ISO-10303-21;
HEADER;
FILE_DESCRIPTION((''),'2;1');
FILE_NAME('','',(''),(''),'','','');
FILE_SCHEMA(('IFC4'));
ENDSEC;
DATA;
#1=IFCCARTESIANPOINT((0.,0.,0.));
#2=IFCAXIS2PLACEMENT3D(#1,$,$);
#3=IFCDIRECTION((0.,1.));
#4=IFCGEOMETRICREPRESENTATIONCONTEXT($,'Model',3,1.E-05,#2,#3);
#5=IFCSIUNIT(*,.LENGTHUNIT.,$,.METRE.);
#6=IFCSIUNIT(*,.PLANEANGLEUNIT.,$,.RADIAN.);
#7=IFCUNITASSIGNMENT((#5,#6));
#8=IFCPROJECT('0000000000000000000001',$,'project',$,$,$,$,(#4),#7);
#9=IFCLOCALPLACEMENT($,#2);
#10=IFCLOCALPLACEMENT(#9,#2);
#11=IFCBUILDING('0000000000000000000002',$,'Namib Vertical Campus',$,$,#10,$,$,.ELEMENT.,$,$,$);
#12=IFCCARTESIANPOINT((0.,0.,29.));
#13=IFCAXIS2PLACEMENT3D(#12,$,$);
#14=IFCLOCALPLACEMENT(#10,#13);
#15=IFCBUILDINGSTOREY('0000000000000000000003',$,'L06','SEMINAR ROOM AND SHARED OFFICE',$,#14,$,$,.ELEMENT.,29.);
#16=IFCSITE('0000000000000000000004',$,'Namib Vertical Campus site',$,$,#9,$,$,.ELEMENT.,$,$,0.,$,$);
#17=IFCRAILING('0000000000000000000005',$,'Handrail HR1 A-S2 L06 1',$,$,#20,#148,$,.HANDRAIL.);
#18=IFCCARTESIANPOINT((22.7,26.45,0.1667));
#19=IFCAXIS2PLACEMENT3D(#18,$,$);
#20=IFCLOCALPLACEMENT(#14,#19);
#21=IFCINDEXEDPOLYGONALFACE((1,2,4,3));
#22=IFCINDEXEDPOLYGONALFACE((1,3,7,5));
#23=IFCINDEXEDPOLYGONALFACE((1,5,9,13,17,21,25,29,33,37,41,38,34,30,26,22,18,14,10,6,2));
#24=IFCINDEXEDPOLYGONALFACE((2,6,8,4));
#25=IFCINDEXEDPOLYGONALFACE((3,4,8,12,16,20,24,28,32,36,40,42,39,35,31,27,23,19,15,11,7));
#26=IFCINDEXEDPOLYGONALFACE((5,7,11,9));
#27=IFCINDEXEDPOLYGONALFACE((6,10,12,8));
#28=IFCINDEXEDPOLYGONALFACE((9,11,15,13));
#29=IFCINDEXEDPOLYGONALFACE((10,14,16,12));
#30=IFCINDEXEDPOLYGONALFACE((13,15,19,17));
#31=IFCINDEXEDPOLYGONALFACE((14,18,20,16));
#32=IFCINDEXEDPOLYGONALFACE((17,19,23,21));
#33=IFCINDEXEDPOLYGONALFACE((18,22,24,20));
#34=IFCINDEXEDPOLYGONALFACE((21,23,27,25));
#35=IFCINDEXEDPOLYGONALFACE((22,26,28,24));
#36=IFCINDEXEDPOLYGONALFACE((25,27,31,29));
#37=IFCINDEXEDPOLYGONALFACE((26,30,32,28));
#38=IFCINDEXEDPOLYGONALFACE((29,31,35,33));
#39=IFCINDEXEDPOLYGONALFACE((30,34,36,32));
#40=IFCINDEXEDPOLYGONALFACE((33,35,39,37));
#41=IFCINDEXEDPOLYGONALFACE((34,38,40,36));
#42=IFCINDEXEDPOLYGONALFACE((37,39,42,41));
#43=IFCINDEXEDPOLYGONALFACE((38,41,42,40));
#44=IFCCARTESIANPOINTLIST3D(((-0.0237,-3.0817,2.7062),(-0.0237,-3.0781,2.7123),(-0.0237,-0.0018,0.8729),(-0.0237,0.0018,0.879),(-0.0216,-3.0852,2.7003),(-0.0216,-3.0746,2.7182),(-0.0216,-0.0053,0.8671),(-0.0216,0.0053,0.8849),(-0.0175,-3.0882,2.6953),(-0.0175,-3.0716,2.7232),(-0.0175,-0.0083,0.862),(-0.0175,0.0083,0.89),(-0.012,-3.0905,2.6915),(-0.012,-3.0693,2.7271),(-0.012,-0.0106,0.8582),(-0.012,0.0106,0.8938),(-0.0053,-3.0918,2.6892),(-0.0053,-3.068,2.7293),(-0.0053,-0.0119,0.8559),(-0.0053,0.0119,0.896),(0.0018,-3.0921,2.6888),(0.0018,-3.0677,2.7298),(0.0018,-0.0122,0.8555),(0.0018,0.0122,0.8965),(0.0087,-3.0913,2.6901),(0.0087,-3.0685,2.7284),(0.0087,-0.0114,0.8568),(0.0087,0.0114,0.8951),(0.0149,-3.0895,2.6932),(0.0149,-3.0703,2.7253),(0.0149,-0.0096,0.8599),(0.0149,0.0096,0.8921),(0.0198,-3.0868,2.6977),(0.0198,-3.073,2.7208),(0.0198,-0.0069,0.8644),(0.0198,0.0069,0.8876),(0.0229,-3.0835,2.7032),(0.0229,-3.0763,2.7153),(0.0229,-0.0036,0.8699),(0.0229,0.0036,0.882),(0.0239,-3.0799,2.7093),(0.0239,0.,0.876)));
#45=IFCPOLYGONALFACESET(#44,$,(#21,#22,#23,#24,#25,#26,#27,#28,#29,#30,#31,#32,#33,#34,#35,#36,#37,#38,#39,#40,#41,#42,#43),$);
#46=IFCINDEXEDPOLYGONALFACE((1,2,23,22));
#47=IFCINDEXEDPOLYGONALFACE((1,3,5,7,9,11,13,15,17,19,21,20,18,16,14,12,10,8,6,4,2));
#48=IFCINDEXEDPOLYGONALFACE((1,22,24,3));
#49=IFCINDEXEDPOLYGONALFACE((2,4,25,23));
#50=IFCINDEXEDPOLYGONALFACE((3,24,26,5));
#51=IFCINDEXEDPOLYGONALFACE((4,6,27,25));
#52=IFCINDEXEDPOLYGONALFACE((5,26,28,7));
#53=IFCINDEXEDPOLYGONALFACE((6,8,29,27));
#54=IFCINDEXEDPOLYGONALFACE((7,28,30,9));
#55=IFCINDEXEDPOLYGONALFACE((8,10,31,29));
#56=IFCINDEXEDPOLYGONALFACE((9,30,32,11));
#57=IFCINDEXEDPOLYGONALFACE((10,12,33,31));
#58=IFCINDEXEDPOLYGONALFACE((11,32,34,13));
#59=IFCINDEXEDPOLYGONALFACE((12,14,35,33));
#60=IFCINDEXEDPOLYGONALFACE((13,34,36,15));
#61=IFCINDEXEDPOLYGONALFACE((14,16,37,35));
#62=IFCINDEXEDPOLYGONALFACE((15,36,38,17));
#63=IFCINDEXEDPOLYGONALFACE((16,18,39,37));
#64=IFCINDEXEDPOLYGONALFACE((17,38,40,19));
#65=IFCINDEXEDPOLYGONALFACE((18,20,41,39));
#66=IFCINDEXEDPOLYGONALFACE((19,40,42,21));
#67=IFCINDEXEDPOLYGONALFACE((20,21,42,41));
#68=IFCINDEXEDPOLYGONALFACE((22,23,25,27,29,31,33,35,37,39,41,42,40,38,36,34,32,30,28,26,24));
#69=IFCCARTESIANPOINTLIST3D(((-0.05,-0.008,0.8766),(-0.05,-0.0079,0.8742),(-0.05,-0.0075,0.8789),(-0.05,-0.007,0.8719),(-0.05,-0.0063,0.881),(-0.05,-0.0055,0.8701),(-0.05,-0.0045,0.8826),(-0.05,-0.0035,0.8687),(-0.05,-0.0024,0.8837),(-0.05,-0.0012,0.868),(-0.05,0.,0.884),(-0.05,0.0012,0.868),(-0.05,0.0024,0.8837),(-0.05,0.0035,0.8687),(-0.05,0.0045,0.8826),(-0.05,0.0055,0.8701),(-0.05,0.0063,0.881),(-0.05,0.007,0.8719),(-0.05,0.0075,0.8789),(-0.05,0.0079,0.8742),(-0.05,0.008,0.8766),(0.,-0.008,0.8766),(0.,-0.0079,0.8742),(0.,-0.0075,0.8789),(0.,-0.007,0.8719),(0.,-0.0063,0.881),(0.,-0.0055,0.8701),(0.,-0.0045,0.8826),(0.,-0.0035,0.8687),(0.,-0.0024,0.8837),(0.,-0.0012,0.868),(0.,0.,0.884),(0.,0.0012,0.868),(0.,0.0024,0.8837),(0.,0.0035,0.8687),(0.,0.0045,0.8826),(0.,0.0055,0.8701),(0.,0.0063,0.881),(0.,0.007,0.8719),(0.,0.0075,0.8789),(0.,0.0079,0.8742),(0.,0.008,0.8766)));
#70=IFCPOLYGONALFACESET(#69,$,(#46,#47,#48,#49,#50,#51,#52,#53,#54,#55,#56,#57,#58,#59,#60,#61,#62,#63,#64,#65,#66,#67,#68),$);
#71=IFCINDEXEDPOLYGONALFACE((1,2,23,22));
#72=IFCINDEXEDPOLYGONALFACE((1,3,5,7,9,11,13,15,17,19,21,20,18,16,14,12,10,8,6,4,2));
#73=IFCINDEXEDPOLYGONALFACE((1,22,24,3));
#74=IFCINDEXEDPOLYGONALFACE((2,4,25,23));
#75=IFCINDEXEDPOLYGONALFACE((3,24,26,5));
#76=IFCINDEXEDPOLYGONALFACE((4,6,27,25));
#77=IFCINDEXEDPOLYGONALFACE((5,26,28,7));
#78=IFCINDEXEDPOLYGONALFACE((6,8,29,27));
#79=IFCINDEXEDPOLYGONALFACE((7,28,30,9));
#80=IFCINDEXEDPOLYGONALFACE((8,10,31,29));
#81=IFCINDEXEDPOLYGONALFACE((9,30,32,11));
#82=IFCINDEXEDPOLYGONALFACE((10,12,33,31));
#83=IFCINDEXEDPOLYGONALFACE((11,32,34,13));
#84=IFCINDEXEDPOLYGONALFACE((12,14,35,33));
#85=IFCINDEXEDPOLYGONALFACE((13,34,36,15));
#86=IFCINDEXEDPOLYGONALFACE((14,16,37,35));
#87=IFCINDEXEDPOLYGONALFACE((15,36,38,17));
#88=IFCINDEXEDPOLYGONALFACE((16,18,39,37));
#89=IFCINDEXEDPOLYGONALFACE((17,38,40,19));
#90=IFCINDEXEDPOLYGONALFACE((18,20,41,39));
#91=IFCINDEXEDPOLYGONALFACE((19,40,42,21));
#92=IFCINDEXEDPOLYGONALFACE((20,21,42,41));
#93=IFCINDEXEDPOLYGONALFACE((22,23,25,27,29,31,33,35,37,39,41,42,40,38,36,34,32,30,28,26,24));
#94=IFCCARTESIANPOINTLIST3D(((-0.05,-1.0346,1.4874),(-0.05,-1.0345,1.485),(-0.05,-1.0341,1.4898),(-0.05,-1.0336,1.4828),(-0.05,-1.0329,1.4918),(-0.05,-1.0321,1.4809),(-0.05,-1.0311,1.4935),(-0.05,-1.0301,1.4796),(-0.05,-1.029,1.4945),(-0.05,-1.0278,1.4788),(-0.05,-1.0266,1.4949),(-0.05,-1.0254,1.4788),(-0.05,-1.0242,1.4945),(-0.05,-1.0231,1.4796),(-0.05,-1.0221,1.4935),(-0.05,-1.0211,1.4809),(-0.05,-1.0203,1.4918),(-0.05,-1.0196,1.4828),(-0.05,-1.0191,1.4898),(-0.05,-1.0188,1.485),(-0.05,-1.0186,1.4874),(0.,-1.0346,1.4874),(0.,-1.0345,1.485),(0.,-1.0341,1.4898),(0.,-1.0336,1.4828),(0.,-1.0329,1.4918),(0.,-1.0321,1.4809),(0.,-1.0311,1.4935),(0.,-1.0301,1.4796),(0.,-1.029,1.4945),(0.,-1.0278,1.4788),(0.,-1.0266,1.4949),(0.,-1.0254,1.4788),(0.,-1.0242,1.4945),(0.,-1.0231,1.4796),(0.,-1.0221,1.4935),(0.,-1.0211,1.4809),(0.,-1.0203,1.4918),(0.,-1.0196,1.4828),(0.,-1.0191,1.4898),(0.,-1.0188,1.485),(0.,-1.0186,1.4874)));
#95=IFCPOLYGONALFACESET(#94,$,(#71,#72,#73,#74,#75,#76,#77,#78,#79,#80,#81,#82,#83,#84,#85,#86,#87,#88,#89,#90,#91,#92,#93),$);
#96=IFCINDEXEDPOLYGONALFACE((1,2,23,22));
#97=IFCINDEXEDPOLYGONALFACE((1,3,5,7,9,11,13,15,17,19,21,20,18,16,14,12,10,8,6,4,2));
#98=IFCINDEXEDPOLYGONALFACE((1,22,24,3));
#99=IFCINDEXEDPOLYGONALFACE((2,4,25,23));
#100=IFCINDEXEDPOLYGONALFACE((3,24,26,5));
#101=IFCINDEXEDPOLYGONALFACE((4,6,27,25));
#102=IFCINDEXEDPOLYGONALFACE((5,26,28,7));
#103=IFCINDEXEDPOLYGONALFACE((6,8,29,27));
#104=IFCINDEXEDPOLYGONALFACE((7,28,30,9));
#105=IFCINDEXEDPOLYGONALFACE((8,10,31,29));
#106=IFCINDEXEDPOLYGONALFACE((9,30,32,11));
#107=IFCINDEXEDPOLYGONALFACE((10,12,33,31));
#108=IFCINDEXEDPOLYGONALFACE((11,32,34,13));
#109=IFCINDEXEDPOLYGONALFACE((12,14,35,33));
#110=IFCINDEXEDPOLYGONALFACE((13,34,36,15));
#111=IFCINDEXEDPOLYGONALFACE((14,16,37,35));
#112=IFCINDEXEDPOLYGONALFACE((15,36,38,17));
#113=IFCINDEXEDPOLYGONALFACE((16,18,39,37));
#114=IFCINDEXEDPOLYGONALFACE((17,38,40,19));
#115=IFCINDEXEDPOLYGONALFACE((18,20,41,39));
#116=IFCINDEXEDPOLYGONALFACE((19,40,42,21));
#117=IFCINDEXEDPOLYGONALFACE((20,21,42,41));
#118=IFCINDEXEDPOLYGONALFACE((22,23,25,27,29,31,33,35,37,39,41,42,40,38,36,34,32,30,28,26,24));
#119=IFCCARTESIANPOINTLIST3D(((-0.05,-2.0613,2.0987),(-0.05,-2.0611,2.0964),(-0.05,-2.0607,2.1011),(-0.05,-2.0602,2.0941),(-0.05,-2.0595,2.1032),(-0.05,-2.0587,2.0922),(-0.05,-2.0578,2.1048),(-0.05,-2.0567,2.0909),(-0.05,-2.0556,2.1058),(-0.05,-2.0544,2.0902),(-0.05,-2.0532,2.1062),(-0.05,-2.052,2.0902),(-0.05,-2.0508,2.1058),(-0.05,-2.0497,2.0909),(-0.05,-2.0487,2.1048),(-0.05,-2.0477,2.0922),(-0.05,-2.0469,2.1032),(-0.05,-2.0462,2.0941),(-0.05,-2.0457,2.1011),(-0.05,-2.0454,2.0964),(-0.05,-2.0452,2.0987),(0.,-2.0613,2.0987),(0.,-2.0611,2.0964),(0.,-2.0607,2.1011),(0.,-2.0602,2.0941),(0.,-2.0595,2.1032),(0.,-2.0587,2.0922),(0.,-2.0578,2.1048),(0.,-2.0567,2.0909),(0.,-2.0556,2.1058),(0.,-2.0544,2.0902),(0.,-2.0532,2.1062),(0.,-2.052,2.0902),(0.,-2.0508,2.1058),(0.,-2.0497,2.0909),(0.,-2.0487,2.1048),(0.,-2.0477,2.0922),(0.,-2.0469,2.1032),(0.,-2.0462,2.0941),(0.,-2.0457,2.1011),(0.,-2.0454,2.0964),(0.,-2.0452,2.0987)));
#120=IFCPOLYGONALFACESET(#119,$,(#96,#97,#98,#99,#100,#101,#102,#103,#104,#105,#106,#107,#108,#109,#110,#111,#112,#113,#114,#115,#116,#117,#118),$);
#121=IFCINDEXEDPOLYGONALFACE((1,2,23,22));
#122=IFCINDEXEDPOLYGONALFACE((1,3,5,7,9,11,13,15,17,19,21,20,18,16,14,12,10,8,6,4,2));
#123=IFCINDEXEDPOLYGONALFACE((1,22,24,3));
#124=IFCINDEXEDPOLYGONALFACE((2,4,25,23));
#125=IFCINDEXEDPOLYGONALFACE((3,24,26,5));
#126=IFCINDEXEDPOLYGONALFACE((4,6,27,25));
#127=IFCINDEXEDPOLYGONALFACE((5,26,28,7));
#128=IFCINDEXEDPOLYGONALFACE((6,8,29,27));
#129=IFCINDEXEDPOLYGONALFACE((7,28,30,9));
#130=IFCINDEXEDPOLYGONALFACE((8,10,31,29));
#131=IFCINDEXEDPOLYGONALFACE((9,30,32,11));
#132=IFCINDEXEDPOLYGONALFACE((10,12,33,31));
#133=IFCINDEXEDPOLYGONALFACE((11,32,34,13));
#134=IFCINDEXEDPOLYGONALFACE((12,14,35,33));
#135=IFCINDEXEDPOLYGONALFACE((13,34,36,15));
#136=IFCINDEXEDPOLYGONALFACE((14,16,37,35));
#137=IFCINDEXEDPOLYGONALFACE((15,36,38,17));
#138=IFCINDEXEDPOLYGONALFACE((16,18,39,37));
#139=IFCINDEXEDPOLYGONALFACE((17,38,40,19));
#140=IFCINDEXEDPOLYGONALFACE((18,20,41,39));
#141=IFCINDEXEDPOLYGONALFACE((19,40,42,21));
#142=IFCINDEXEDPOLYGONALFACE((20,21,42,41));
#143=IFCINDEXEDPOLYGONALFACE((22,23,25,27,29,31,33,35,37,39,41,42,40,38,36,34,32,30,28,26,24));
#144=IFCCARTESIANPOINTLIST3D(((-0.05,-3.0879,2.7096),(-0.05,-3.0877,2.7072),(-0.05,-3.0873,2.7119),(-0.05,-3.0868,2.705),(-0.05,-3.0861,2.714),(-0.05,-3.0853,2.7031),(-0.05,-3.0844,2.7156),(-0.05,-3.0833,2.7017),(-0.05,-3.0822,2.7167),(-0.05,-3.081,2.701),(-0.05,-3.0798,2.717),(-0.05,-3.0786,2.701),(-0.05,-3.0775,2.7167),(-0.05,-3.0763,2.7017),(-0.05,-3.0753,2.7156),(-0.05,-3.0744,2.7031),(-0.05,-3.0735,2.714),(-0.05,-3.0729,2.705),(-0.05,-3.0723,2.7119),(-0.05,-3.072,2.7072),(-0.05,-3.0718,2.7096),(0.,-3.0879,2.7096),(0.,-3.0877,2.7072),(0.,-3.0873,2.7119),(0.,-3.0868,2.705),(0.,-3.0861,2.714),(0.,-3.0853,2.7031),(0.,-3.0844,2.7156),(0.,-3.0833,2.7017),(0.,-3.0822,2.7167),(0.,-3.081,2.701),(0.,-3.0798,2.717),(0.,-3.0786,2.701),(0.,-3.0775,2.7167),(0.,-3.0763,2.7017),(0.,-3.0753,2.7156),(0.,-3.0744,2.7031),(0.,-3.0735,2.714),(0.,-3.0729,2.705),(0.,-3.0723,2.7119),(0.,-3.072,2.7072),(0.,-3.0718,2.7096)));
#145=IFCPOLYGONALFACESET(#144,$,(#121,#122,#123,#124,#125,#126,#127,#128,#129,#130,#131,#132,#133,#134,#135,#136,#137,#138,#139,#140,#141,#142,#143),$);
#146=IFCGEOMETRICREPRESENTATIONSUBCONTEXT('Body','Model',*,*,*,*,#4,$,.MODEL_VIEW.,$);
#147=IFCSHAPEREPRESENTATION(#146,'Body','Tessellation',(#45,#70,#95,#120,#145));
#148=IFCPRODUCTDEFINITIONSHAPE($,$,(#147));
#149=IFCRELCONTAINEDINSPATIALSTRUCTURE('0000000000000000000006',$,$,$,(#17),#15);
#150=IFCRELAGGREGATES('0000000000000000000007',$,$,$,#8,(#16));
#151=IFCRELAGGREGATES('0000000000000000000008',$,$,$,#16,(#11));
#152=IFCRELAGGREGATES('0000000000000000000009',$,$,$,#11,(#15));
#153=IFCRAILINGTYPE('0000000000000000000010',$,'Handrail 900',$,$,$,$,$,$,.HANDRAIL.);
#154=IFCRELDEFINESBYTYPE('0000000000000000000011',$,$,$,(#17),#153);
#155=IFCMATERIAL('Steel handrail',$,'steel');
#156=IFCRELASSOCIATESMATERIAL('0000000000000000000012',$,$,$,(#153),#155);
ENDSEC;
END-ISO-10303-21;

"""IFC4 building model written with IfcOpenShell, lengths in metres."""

from ifc_helpers import new_model, si_unit, direction, frame, origin, origin_2d, place, context, subcontext, project, spatial, circle, extrude, material, type_object, element, save


model = new_model("IFC4")

# Units and contexts
model_context = context("Model", 3, precision=1e-05, world=origin(), true_north=direction((0.0, 1.0)))
body_context = subcontext(model_context, "Body", "Model", "MODEL_VIEW")
ifc_project = project(units=[si_unit("LENGTHUNIT", "METRE"), si_unit("PLANEANGLEUNIT", "RADIAN")], contexts=[model_context])

# Site, building, storey
site_placement = place(None, origin())
site = spatial("IfcSite", under=ifc_project, at=site_placement, Name="Namib Vertical Campus site", CompositionType="ELEMENT", RefElevation=0.0)
building_placement = place(site_placement, origin())
building = spatial("IfcBuilding", under=site, at=building_placement, Name="Namib Vertical Campus", CompositionType="ELEMENT")
storey_placement = place(building_placement, frame((0.0, 0.0, 29.0)))
storey = spatial("IfcBuildingStorey", under=building, at=storey_placement, Name="L06", Description="SEMINAR ROOM AND SHARED OFFICE", CompositionType="ELEMENT", Elevation=29.0)

# Railing
ifc_material_1 = material(Name="Steel handrail", Category="steel")
railing_type_1 = type_object("IfcRailingType", Name="Handrail 900", PredefinedType="HANDRAIL", material=ifc_material_1)
railing_1_placement = place(storey_placement, frame((22.7, 26.45, 0.1667)))
element("IfcRailing", 1, at=railing_1_placement, inside=storey, type_object=railing_type_1, Name="Handrail HR1 A-S2 L06 1", PredefinedType="HANDRAIL", context=body_context, shape_type="SweptSolid", body=[
    extrude(circle(Radius=0.0239, at=origin_2d()), frame((0.0, 0.0, 0.876), z_axis=(0.0, -0.859291, 0.511487), x_axis=(1.0, 0.0, 0.0)), (0.0, 0.0, 1.0), 3.5842),
    extrude(circle(Radius=0.0081, at=origin_2d()), frame((0.0, 0.0, 0.876), z_axis=(-1.0, 0.0, 0.0), x_axis=(0.0, 0.0, 1.0)), (0.0, 0.0, 1.0), 0.05),
    extrude(circle(Radius=0.0081, at=origin_2d()), frame((0.0, -1.0266, 1.4868), z_axis=(-1.0, 0.0, 0.0), x_axis=(0.0, 0.0, 1.0)), (0.0, 0.0, 1.0), 0.05),
    extrude(circle(Radius=0.0081, at=origin_2d()), frame((0.0, -2.0532, 2.0981), z_axis=(-1.0, 0.0, 0.0), x_axis=(0.0, 0.0, 1.0)), (0.0, 0.0, 1.0), 0.05),
    extrude(circle(Radius=0.0081, at=origin_2d()), frame((0.0, -3.0798, 2.709), z_axis=(-1.0, 0.0, 0.0), x_axis=(0.0, 0.0, 1.0)), (0.0, 0.0, 1.0), 0.05),
])

save(model, "model.ifc")
